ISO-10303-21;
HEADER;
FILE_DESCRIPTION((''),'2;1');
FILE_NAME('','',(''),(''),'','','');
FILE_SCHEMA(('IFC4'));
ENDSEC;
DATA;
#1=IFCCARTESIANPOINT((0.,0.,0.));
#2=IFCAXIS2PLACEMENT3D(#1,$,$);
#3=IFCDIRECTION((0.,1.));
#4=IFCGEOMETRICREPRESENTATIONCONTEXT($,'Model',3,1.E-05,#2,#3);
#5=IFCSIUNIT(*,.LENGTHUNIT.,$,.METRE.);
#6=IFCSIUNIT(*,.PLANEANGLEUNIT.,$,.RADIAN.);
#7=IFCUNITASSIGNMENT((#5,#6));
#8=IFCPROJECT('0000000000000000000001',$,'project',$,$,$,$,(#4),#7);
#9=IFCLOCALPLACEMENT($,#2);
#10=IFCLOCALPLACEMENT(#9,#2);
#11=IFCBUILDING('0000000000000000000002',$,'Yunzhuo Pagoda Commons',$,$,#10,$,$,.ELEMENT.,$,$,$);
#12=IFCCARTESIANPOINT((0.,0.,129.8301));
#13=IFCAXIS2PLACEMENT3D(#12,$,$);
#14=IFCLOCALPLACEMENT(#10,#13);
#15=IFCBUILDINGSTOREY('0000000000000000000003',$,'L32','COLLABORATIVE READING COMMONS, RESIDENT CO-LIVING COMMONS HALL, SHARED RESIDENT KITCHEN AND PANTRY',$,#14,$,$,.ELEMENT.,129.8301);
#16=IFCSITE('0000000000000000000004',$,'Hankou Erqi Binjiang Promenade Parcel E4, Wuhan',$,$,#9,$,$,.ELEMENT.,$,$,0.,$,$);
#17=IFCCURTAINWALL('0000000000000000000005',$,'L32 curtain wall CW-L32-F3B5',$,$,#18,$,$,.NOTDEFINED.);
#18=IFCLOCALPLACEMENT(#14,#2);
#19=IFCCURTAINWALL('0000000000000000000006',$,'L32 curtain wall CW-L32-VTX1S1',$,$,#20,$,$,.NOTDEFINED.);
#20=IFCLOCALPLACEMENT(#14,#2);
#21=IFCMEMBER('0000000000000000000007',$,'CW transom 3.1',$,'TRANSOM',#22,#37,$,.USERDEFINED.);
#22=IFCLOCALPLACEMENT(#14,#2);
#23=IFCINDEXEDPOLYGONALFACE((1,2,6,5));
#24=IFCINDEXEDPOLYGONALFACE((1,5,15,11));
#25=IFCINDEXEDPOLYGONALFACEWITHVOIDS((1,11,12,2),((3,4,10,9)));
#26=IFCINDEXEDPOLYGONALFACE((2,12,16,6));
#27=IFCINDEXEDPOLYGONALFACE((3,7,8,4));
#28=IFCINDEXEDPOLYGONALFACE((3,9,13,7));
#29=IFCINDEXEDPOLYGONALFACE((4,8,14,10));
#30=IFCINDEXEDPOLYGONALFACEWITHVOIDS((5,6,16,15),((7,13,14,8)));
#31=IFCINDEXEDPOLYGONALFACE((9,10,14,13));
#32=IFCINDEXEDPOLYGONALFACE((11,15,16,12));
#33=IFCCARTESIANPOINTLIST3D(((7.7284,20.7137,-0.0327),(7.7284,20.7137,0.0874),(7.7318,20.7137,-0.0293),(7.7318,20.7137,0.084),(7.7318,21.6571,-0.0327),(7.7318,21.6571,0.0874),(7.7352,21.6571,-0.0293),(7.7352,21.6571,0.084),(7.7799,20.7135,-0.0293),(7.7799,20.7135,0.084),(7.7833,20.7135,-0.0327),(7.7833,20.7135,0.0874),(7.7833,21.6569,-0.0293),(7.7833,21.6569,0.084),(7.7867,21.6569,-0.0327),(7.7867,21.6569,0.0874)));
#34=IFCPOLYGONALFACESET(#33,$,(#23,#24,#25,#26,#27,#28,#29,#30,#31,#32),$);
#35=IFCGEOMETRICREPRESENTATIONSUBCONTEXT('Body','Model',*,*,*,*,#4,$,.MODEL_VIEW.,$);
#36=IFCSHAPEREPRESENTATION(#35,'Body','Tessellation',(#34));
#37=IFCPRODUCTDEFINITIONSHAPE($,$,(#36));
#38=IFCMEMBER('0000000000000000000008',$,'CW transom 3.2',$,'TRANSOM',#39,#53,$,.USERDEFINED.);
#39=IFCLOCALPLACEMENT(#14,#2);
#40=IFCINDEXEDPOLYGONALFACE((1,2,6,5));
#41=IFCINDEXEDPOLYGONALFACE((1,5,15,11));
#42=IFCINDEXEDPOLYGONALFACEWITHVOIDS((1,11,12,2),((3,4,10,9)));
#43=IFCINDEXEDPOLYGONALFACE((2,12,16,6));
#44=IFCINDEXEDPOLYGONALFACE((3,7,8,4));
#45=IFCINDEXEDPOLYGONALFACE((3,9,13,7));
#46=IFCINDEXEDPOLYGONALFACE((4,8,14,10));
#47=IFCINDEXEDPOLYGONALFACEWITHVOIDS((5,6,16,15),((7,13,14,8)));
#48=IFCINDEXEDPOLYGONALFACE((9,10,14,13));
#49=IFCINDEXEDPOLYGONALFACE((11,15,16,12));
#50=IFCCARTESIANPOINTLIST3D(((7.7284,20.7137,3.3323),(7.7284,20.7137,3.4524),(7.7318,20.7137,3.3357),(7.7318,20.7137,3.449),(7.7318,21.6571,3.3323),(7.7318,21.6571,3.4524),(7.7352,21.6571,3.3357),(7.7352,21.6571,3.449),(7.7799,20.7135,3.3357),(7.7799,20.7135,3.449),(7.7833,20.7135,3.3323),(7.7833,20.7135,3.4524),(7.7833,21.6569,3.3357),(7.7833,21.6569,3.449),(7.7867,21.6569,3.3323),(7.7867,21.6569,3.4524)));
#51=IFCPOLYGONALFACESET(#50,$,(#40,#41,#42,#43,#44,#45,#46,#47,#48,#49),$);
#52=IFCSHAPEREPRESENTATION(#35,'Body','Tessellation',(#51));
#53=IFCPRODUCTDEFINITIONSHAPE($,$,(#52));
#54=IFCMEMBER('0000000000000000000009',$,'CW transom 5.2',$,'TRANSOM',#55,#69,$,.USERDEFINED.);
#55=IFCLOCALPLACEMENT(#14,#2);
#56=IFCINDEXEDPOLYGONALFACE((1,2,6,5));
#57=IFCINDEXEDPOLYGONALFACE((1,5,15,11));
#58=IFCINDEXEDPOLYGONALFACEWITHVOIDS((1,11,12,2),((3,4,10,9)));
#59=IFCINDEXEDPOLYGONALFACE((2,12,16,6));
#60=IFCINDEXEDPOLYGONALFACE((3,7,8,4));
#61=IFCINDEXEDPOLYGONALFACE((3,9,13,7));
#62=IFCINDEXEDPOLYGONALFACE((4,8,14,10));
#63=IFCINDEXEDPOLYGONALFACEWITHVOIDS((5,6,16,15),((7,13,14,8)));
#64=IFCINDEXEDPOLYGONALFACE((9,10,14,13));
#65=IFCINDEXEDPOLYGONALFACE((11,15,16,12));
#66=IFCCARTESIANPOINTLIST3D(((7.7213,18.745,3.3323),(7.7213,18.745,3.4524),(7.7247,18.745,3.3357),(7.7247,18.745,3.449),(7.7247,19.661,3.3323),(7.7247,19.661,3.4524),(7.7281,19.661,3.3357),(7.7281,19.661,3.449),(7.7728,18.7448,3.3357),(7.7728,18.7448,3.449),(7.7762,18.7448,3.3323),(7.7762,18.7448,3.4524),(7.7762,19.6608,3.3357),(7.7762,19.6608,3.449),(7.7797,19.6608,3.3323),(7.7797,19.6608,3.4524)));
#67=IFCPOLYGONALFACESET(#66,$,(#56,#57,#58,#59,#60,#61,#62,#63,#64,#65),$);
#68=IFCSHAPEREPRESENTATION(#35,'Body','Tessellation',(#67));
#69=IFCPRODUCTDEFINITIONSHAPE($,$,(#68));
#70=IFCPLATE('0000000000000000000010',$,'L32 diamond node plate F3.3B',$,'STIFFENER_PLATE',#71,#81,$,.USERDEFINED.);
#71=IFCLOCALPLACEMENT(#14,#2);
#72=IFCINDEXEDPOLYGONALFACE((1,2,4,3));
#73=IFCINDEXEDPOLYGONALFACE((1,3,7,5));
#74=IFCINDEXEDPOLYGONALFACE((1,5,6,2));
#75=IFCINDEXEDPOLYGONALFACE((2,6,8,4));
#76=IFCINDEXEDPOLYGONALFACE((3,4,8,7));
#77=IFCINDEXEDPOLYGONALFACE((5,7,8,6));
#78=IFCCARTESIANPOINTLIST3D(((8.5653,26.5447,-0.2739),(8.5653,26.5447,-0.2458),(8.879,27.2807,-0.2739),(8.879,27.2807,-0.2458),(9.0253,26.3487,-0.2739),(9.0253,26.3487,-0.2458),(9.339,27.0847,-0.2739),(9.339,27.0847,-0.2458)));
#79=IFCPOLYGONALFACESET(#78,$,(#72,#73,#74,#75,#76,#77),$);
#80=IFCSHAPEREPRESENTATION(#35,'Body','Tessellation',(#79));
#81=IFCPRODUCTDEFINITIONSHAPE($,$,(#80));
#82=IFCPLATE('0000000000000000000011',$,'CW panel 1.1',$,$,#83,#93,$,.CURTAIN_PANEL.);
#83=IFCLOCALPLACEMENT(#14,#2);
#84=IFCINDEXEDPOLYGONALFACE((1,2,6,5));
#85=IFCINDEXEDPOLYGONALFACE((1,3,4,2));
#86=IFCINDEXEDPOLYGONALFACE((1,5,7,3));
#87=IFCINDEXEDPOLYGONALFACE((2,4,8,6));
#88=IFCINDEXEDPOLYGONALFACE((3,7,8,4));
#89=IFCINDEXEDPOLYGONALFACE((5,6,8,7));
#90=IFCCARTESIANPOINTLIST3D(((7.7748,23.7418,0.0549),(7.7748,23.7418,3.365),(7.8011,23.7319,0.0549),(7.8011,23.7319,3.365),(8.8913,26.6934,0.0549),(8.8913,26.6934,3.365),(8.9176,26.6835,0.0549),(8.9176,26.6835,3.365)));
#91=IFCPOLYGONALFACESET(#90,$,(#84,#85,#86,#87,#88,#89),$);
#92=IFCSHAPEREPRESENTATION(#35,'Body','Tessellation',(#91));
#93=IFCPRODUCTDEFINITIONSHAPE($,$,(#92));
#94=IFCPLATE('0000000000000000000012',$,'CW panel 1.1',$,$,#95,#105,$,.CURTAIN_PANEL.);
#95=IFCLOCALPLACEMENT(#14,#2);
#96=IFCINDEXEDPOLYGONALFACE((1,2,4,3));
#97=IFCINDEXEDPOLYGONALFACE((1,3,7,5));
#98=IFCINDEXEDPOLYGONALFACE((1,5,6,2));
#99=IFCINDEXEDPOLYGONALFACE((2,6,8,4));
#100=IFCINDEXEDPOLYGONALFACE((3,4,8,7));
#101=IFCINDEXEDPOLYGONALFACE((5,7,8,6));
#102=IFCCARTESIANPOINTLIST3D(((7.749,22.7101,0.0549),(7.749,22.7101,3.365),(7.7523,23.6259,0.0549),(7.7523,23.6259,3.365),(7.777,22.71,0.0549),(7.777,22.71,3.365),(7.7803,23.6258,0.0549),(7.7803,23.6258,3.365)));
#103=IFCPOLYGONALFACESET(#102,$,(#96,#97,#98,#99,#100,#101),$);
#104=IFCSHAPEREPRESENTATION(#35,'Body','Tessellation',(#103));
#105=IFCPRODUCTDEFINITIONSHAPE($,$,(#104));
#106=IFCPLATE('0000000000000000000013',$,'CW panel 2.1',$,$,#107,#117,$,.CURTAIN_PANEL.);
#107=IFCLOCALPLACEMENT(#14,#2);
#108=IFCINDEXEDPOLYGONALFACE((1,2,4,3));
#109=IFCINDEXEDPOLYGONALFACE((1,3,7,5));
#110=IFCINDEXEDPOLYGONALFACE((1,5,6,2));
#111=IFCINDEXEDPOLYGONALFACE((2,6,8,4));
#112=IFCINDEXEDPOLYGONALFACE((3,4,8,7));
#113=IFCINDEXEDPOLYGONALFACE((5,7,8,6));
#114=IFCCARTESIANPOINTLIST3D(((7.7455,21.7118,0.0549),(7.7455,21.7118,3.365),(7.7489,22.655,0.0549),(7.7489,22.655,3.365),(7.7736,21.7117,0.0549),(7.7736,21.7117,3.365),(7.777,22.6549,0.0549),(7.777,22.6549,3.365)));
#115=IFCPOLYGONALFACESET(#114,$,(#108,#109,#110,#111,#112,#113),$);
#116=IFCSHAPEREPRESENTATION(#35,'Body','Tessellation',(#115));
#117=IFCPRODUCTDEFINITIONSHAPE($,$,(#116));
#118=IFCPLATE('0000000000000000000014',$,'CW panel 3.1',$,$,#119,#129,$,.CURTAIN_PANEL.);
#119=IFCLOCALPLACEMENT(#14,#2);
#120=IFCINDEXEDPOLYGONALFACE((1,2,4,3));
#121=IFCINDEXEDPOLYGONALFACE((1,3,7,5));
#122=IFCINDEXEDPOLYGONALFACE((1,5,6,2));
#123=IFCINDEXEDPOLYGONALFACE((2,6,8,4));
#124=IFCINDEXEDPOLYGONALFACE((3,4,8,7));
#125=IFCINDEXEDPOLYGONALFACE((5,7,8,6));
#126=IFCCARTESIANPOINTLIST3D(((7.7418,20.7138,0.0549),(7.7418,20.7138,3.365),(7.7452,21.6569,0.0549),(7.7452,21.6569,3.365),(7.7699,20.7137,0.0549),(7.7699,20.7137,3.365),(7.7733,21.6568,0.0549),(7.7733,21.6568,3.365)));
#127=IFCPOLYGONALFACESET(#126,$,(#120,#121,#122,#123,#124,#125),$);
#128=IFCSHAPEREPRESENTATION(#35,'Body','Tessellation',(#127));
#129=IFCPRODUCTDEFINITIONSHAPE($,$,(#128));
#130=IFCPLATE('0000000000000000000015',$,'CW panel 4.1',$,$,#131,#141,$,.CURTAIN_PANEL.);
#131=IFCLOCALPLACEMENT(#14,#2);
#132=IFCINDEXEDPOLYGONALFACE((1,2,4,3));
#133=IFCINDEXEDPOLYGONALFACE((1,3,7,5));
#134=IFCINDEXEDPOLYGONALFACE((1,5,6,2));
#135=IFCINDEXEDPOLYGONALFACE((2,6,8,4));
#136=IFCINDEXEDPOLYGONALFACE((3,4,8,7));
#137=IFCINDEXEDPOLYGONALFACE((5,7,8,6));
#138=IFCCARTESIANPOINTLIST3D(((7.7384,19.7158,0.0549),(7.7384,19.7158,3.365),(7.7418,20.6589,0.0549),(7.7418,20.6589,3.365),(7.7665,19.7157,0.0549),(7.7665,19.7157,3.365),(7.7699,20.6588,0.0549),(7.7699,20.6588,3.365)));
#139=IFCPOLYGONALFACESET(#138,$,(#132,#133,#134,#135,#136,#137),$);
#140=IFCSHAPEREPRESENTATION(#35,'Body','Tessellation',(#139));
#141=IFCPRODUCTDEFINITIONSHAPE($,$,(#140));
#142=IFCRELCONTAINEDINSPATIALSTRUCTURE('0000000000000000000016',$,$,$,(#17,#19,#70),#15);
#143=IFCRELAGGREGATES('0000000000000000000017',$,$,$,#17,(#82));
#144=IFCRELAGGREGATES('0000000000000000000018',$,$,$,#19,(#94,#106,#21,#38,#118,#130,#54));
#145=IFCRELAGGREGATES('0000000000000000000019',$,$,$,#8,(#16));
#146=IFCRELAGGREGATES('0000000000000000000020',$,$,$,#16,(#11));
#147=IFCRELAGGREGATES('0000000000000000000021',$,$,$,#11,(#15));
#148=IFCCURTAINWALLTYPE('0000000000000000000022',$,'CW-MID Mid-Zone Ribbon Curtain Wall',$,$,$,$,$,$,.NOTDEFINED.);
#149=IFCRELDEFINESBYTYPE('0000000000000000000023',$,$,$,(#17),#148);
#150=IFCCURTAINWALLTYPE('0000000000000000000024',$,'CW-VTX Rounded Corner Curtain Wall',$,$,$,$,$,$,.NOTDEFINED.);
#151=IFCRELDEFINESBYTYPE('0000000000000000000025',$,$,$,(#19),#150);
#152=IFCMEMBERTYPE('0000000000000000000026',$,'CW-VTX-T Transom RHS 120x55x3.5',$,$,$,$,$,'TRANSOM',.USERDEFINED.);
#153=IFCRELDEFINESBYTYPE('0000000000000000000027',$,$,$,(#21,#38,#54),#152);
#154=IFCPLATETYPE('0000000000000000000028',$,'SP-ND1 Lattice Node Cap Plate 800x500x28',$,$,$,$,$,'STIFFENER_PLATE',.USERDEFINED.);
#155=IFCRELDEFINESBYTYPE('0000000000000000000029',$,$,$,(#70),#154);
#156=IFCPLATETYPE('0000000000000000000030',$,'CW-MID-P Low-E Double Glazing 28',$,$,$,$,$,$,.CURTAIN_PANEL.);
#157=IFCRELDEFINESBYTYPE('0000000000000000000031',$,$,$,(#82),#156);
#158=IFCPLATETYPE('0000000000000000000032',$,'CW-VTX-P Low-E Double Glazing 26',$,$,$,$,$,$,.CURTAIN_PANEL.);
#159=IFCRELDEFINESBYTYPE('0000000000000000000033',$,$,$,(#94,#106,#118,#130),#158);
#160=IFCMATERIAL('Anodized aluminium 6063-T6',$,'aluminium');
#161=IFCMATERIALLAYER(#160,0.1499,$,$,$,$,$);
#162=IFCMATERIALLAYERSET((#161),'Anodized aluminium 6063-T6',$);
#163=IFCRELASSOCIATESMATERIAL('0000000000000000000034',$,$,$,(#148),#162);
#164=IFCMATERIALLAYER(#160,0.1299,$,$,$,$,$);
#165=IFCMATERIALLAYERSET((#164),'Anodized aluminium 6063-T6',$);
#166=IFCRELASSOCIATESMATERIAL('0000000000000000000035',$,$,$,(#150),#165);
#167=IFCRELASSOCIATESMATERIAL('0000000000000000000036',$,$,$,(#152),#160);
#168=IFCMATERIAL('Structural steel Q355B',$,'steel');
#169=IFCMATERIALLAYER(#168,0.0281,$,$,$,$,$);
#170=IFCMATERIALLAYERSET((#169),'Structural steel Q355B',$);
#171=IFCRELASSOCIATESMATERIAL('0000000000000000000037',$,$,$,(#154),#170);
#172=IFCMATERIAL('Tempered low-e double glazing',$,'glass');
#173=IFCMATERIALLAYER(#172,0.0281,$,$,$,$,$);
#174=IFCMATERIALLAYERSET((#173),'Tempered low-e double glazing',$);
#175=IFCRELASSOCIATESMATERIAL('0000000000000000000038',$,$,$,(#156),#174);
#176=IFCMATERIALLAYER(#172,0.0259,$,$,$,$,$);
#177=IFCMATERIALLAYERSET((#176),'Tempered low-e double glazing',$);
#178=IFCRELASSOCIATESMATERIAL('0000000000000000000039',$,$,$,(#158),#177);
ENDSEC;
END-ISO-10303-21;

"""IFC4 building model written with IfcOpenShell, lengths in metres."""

from ifc_helpers import new_model, si_unit, direction, frame, origin, origin_2d, place, context, subcontext, project, spatial, rectangle, hollow_rectangle, extrude, source, transform, mapped, material, layer, layer_set, material_profile, profile_set, type_object, element, aggregate, save


model = new_model("IFC4")

# Units and contexts
model_context = context("Model", 3, precision=1e-05, world=origin(), true_north=direction((0.0, 1.0)))
body_context = subcontext(model_context, "Body", "Model", "MODEL_VIEW")
ifc_project = project(units=[si_unit("LENGTHUNIT", "METRE"), si_unit("PLANEANGLEUNIT", "RADIAN")], contexts=[model_context])

# Site, building, storey
site_placement = place(None, origin())
site = spatial("IfcSite", under=ifc_project, at=site_placement, Name="Hankou Erqi Binjiang Promenade Parcel E4, Wuhan", CompositionType="ELEMENT", RefElevation=0.0)
building_placement = place(site_placement, origin())
building = spatial("IfcBuilding", under=site, at=building_placement, Name="Yunzhuo Pagoda Commons", CompositionType="ELEMENT")
storey_placement = place(building_placement, frame((0.0, 0.0, 129.8301)))
storey = spatial("IfcBuildingStorey", under=building, at=storey_placement, Name="L32", Description="COLLABORATIVE READING COMMONS, RESIDENT CO-LIVING COMMONS HALL, SHARED RESIDENT KITCHEN AND PANTRY", CompositionType="ELEMENT", Elevation=129.8301)

# Shared definitions
ifc_material_1 = material(Name="Structural steel Q355B", Category="steel")

# Shared definitions
ifc_material_2 = material(Name="Anodized aluminium 6063-T6", Category="aluminium")
ifc_layer_1 = layer(ifc_material_2, 0.1499)
ifc_layer_set_1 = layer_set([ifc_layer_1], Name="Anodized aluminium 6063-T6")
curtain_wall_type_1 = type_object("IfcCurtainWallType", Name="CW-MID Mid-Zone Ribbon Curtain Wall", PredefinedType="NOTDEFINED", material=ifc_layer_set_1)

# Curtain walls, members
curtain_wall_1_placement = place(storey_placement, origin())
curtain_wall_1 = element("IfcCurtainWall", 1, at=curtain_wall_1_placement, inside=storey, type_object=curtain_wall_type_1, Name="L32 curtain wall CW-L32-F3B5", PredefinedType="NOTDEFINED")
ifc_layer_2 = layer(ifc_material_2, 0.1299)
ifc_layer_set_2 = layer_set([ifc_layer_2], Name="Anodized aluminium 6063-T6")
curtain_wall_type_2 = type_object("IfcCurtainWallType", Name="CW-VTX Rounded Corner Curtain Wall", PredefinedType="NOTDEFINED", material=ifc_layer_set_2)
curtain_wall_2_placement = place(storey_placement, origin())
curtain_wall_2 = element("IfcCurtainWall", 2, at=curtain_wall_2_placement, inside=storey, type_object=curtain_wall_type_2, Name="L32 curtain wall CW-L32-VTX1S1", PredefinedType="NOTDEFINED")
ifc_material_profile_1 = material_profile(ifc_material_2, hollow_rectangle(XDim=0.0549, YDim=0.1201, WallThickness=0.0034, at=origin_2d()), Name="Anodized aluminium 6063-T6")
ifc_profile_set_1 = profile_set([ifc_material_profile_1], Name="Anodized aluminium 6063-T6")
member_type_1 = type_object("IfcMemberType", Name="CW-VTX-T Transom RHS 120x55x3.5", ElementType="TRANSOM", PredefinedType="USERDEFINED", material=ifc_profile_set_1)
shared_shape_1 = source(origin(), body_context, "Body", "SweptSolid", [
    extrude(hollow_rectangle(XDim=0.0549, YDim=0.1201, WallThickness=0.0034, at=origin_2d()), origin(), (0.0, 0.0, 1.0), 0.9434),
])
member_1_placement = place(storey_placement, frame((7.7593, 21.657, 0.0273), z_axis=(-0.003623, -0.999993, 0.0), x_axis=(0.999993, -0.003623, 0.0)))
member_1 = element("IfcMember", 3, at=member_1_placement, type_object=member_type_1, Name="CW transom 3.1", ObjectType="TRANSOM", PredefinedType="USERDEFINED", context=body_context, shape_type="MappedRepresentation", body=[
    mapped(shared_shape_1, transform((0.0, 0.0, 0.0), scale=1.0)),
])
member_2_placement = place(storey_placement, frame((7.7593, 21.657, 3.3923), z_axis=(-0.003623, -0.999993, 0.0), x_axis=(0.999993, -0.003623, 0.0)))
member_2 = element("IfcMember", 4, at=member_2_placement, type_object=member_type_1, Name="CW transom 3.2", ObjectType="TRANSOM", PredefinedType="USERDEFINED", context=body_context, shape_type="MappedRepresentation", body=[
    mapped(shared_shape_1, transform((0.0, 0.0, 0.0), scale=1.0)),
])
shared_shape_2 = source(origin(), body_context, "Body", "SweptSolid", [
    extrude(hollow_rectangle(XDim=0.0549, YDim=0.1201, WallThickness=0.0034, at=origin_2d()), origin(), (0.0, 0.0, 1.0), 0.916),
])
member_3_placement = place(storey_placement, frame((7.7522, 19.6609, 3.3923), z_axis=(-0.003731, -0.999993, 0.0), x_axis=(0.999993, -0.003731, 0.0)))
member_3 = element("IfcMember", 5, at=member_3_placement, type_object=member_type_1, Name="CW transom 5.2", ObjectType="TRANSOM", PredefinedType="USERDEFINED", context=body_context, shape_type="MappedRepresentation", body=[
    mapped(shared_shape_2, transform((0.0, 0.0, 0.0), scale=1.0)),
])

# Plates
ifc_layer_3 = layer(ifc_material_1, 0.0281)
ifc_layer_set_3 = layer_set([ifc_layer_3], Name="Structural steel Q355B")
plate_type_1 = type_object("IfcPlateType", Name="SP-ND1 Lattice Node Cap Plate 800x500x28", ElementType="STIFFENER_PLATE", PredefinedType="USERDEFINED", material=ifc_layer_set_3)
shared_shape_3 = source(origin(), body_context, "Body", "SweptSolid", [
    extrude(rectangle(XDim=0.8, YDim=0.5, at=origin_2d()), origin(), (0.0, 0.0, 1.0), 0.0281),
])
plate_1_placement = place(storey_placement, frame((8.9521, 26.8147, -0.2739), z_axis=(0.0, 0.0, 1.0), x_axis=(-0.39208, -0.919931, 0.0)))
element("IfcPlate", 6, at=plate_1_placement, inside=storey, type_object=plate_type_1, Name="L32 diamond node plate F3.3B", ObjectType="STIFFENER_PLATE", PredefinedType="USERDEFINED", context=body_context, shape_type="MappedRepresentation", body=[
    mapped(shared_shape_3, transform((0.0, 0.0, 0.0), scale=1.0)),
])
ifc_material_3 = material(Name="Tempered low-e double glazing", Category="glass")
ifc_layer_4 = layer(ifc_material_3, 0.0281)
ifc_layer_set_4 = layer_set([ifc_layer_4], Name="Tempered low-e double glazing")
plate_type_2 = type_object("IfcPlateType", Name="CW-MID-P Low-E Double Glazing 28", PredefinedType="CURTAIN_PANEL", material=ifc_layer_set_4)
shared_shape_4 = source(origin(), body_context, "Body", "SweptSolid", [
    extrude(rectangle(XDim=3.1558, YDim=0.0281, at=origin_2d()), origin(), (0.0, 0.0, 1.0), 3.3101),
])
plate_2_placement = place(storey_placement, frame((8.3462, 25.2126, 0.0549), z_axis=(0.0, 0.0, 1.0), x_axis=(-0.353798, -0.935322, 0.0)))
plate_2 = element("IfcPlate", 7, at=plate_2_placement, type_object=plate_type_2, Name="CW panel 1.1", PredefinedType="CURTAIN_PANEL", context=body_context, shape_type="MappedRepresentation", body=[
    mapped(shared_shape_4, transform((0.0, 0.0, 0.0), scale=1.0)),
])
aggregate(curtain_wall_1, [plate_2])
ifc_layer_5 = layer(ifc_material_3, 0.0259)
ifc_layer_set_5 = layer_set([ifc_layer_5], Name="Tempered low-e double glazing")
plate_type_3 = type_object("IfcPlateType", Name="CW-VTX-P Low-E Double Glazing 26", PredefinedType="CURTAIN_PANEL", material=ifc_layer_set_5)
shared_shape_5 = source(origin(), body_context, "Body", "SweptSolid", [
    extrude(rectangle(XDim=0.9158, YDim=0.0281, at=origin_2d()), origin(), (0.0, 0.0, 1.0), 3.3101),
])
plate_3_placement = place(storey_placement, frame((7.7646, 23.168, 0.0549), z_axis=(0.0, 0.0, 1.0), x_axis=(-0.003587, -0.999994, 0.0)))
plate_3 = element("IfcPlate", 8, at=plate_3_placement, type_object=plate_type_3, Name="CW panel 1.1", PredefinedType="CURTAIN_PANEL", context=body_context, shape_type="MappedRepresentation", body=[
    mapped(shared_shape_5, transform((0.0, 0.0, 0.0), scale=1.0)),
])
shared_shape_6 = source(origin(), body_context, "Body", "SweptSolid", [
    extrude(rectangle(XDim=0.9431, YDim=0.0281, at=origin_2d()), origin(), (0.0, 0.0, 1.0), 3.3101),
])
plate_4_placement = place(storey_placement, frame((7.7612, 22.1833, 0.0549), z_axis=(0.0, 0.0, 1.0), x_axis=(-0.003587, -0.999994, 0.0)))
plate_4 = element("IfcPlate", 9, at=plate_4_placement, type_object=plate_type_3, Name="CW panel 2.1", PredefinedType="CURTAIN_PANEL", context=body_context, shape_type="MappedRepresentation", body=[
    mapped(shared_shape_6, transform((0.0, 0.0, 0.0), scale=1.0)),
])
plate_5_placement = place(storey_placement, frame((7.7576, 21.1853, 0.0549), z_axis=(0.0, 0.0, 1.0), x_axis=(-0.003587, -0.999994, 0.0)))
plate_5 = element("IfcPlate", 10, at=plate_5_placement, type_object=plate_type_3, Name="CW panel 3.1", PredefinedType="CURTAIN_PANEL", context=body_context, shape_type="MappedRepresentation", body=[
    mapped(shared_shape_6, transform((0.0, 0.0, 0.0), scale=1.0)),
])
plate_6_placement = place(storey_placement, frame((7.7542, 20.1873, 0.0549), z_axis=(0.0, 0.0, 1.0), x_axis=(-0.003587, -0.999994, 0.0)))
plate_6 = element("IfcPlate", 11, at=plate_6_placement, type_object=plate_type_3, Name="CW panel 4.1", PredefinedType="CURTAIN_PANEL", context=body_context, shape_type="MappedRepresentation", body=[
    mapped(shared_shape_6, transform((0.0, 0.0, 0.0), scale=1.0)),
])
aggregate(curtain_wall_2, [plate_3, plate_4, member_1, member_2, plate_5, plate_6, member_3])

save(model, "model.ifc")
